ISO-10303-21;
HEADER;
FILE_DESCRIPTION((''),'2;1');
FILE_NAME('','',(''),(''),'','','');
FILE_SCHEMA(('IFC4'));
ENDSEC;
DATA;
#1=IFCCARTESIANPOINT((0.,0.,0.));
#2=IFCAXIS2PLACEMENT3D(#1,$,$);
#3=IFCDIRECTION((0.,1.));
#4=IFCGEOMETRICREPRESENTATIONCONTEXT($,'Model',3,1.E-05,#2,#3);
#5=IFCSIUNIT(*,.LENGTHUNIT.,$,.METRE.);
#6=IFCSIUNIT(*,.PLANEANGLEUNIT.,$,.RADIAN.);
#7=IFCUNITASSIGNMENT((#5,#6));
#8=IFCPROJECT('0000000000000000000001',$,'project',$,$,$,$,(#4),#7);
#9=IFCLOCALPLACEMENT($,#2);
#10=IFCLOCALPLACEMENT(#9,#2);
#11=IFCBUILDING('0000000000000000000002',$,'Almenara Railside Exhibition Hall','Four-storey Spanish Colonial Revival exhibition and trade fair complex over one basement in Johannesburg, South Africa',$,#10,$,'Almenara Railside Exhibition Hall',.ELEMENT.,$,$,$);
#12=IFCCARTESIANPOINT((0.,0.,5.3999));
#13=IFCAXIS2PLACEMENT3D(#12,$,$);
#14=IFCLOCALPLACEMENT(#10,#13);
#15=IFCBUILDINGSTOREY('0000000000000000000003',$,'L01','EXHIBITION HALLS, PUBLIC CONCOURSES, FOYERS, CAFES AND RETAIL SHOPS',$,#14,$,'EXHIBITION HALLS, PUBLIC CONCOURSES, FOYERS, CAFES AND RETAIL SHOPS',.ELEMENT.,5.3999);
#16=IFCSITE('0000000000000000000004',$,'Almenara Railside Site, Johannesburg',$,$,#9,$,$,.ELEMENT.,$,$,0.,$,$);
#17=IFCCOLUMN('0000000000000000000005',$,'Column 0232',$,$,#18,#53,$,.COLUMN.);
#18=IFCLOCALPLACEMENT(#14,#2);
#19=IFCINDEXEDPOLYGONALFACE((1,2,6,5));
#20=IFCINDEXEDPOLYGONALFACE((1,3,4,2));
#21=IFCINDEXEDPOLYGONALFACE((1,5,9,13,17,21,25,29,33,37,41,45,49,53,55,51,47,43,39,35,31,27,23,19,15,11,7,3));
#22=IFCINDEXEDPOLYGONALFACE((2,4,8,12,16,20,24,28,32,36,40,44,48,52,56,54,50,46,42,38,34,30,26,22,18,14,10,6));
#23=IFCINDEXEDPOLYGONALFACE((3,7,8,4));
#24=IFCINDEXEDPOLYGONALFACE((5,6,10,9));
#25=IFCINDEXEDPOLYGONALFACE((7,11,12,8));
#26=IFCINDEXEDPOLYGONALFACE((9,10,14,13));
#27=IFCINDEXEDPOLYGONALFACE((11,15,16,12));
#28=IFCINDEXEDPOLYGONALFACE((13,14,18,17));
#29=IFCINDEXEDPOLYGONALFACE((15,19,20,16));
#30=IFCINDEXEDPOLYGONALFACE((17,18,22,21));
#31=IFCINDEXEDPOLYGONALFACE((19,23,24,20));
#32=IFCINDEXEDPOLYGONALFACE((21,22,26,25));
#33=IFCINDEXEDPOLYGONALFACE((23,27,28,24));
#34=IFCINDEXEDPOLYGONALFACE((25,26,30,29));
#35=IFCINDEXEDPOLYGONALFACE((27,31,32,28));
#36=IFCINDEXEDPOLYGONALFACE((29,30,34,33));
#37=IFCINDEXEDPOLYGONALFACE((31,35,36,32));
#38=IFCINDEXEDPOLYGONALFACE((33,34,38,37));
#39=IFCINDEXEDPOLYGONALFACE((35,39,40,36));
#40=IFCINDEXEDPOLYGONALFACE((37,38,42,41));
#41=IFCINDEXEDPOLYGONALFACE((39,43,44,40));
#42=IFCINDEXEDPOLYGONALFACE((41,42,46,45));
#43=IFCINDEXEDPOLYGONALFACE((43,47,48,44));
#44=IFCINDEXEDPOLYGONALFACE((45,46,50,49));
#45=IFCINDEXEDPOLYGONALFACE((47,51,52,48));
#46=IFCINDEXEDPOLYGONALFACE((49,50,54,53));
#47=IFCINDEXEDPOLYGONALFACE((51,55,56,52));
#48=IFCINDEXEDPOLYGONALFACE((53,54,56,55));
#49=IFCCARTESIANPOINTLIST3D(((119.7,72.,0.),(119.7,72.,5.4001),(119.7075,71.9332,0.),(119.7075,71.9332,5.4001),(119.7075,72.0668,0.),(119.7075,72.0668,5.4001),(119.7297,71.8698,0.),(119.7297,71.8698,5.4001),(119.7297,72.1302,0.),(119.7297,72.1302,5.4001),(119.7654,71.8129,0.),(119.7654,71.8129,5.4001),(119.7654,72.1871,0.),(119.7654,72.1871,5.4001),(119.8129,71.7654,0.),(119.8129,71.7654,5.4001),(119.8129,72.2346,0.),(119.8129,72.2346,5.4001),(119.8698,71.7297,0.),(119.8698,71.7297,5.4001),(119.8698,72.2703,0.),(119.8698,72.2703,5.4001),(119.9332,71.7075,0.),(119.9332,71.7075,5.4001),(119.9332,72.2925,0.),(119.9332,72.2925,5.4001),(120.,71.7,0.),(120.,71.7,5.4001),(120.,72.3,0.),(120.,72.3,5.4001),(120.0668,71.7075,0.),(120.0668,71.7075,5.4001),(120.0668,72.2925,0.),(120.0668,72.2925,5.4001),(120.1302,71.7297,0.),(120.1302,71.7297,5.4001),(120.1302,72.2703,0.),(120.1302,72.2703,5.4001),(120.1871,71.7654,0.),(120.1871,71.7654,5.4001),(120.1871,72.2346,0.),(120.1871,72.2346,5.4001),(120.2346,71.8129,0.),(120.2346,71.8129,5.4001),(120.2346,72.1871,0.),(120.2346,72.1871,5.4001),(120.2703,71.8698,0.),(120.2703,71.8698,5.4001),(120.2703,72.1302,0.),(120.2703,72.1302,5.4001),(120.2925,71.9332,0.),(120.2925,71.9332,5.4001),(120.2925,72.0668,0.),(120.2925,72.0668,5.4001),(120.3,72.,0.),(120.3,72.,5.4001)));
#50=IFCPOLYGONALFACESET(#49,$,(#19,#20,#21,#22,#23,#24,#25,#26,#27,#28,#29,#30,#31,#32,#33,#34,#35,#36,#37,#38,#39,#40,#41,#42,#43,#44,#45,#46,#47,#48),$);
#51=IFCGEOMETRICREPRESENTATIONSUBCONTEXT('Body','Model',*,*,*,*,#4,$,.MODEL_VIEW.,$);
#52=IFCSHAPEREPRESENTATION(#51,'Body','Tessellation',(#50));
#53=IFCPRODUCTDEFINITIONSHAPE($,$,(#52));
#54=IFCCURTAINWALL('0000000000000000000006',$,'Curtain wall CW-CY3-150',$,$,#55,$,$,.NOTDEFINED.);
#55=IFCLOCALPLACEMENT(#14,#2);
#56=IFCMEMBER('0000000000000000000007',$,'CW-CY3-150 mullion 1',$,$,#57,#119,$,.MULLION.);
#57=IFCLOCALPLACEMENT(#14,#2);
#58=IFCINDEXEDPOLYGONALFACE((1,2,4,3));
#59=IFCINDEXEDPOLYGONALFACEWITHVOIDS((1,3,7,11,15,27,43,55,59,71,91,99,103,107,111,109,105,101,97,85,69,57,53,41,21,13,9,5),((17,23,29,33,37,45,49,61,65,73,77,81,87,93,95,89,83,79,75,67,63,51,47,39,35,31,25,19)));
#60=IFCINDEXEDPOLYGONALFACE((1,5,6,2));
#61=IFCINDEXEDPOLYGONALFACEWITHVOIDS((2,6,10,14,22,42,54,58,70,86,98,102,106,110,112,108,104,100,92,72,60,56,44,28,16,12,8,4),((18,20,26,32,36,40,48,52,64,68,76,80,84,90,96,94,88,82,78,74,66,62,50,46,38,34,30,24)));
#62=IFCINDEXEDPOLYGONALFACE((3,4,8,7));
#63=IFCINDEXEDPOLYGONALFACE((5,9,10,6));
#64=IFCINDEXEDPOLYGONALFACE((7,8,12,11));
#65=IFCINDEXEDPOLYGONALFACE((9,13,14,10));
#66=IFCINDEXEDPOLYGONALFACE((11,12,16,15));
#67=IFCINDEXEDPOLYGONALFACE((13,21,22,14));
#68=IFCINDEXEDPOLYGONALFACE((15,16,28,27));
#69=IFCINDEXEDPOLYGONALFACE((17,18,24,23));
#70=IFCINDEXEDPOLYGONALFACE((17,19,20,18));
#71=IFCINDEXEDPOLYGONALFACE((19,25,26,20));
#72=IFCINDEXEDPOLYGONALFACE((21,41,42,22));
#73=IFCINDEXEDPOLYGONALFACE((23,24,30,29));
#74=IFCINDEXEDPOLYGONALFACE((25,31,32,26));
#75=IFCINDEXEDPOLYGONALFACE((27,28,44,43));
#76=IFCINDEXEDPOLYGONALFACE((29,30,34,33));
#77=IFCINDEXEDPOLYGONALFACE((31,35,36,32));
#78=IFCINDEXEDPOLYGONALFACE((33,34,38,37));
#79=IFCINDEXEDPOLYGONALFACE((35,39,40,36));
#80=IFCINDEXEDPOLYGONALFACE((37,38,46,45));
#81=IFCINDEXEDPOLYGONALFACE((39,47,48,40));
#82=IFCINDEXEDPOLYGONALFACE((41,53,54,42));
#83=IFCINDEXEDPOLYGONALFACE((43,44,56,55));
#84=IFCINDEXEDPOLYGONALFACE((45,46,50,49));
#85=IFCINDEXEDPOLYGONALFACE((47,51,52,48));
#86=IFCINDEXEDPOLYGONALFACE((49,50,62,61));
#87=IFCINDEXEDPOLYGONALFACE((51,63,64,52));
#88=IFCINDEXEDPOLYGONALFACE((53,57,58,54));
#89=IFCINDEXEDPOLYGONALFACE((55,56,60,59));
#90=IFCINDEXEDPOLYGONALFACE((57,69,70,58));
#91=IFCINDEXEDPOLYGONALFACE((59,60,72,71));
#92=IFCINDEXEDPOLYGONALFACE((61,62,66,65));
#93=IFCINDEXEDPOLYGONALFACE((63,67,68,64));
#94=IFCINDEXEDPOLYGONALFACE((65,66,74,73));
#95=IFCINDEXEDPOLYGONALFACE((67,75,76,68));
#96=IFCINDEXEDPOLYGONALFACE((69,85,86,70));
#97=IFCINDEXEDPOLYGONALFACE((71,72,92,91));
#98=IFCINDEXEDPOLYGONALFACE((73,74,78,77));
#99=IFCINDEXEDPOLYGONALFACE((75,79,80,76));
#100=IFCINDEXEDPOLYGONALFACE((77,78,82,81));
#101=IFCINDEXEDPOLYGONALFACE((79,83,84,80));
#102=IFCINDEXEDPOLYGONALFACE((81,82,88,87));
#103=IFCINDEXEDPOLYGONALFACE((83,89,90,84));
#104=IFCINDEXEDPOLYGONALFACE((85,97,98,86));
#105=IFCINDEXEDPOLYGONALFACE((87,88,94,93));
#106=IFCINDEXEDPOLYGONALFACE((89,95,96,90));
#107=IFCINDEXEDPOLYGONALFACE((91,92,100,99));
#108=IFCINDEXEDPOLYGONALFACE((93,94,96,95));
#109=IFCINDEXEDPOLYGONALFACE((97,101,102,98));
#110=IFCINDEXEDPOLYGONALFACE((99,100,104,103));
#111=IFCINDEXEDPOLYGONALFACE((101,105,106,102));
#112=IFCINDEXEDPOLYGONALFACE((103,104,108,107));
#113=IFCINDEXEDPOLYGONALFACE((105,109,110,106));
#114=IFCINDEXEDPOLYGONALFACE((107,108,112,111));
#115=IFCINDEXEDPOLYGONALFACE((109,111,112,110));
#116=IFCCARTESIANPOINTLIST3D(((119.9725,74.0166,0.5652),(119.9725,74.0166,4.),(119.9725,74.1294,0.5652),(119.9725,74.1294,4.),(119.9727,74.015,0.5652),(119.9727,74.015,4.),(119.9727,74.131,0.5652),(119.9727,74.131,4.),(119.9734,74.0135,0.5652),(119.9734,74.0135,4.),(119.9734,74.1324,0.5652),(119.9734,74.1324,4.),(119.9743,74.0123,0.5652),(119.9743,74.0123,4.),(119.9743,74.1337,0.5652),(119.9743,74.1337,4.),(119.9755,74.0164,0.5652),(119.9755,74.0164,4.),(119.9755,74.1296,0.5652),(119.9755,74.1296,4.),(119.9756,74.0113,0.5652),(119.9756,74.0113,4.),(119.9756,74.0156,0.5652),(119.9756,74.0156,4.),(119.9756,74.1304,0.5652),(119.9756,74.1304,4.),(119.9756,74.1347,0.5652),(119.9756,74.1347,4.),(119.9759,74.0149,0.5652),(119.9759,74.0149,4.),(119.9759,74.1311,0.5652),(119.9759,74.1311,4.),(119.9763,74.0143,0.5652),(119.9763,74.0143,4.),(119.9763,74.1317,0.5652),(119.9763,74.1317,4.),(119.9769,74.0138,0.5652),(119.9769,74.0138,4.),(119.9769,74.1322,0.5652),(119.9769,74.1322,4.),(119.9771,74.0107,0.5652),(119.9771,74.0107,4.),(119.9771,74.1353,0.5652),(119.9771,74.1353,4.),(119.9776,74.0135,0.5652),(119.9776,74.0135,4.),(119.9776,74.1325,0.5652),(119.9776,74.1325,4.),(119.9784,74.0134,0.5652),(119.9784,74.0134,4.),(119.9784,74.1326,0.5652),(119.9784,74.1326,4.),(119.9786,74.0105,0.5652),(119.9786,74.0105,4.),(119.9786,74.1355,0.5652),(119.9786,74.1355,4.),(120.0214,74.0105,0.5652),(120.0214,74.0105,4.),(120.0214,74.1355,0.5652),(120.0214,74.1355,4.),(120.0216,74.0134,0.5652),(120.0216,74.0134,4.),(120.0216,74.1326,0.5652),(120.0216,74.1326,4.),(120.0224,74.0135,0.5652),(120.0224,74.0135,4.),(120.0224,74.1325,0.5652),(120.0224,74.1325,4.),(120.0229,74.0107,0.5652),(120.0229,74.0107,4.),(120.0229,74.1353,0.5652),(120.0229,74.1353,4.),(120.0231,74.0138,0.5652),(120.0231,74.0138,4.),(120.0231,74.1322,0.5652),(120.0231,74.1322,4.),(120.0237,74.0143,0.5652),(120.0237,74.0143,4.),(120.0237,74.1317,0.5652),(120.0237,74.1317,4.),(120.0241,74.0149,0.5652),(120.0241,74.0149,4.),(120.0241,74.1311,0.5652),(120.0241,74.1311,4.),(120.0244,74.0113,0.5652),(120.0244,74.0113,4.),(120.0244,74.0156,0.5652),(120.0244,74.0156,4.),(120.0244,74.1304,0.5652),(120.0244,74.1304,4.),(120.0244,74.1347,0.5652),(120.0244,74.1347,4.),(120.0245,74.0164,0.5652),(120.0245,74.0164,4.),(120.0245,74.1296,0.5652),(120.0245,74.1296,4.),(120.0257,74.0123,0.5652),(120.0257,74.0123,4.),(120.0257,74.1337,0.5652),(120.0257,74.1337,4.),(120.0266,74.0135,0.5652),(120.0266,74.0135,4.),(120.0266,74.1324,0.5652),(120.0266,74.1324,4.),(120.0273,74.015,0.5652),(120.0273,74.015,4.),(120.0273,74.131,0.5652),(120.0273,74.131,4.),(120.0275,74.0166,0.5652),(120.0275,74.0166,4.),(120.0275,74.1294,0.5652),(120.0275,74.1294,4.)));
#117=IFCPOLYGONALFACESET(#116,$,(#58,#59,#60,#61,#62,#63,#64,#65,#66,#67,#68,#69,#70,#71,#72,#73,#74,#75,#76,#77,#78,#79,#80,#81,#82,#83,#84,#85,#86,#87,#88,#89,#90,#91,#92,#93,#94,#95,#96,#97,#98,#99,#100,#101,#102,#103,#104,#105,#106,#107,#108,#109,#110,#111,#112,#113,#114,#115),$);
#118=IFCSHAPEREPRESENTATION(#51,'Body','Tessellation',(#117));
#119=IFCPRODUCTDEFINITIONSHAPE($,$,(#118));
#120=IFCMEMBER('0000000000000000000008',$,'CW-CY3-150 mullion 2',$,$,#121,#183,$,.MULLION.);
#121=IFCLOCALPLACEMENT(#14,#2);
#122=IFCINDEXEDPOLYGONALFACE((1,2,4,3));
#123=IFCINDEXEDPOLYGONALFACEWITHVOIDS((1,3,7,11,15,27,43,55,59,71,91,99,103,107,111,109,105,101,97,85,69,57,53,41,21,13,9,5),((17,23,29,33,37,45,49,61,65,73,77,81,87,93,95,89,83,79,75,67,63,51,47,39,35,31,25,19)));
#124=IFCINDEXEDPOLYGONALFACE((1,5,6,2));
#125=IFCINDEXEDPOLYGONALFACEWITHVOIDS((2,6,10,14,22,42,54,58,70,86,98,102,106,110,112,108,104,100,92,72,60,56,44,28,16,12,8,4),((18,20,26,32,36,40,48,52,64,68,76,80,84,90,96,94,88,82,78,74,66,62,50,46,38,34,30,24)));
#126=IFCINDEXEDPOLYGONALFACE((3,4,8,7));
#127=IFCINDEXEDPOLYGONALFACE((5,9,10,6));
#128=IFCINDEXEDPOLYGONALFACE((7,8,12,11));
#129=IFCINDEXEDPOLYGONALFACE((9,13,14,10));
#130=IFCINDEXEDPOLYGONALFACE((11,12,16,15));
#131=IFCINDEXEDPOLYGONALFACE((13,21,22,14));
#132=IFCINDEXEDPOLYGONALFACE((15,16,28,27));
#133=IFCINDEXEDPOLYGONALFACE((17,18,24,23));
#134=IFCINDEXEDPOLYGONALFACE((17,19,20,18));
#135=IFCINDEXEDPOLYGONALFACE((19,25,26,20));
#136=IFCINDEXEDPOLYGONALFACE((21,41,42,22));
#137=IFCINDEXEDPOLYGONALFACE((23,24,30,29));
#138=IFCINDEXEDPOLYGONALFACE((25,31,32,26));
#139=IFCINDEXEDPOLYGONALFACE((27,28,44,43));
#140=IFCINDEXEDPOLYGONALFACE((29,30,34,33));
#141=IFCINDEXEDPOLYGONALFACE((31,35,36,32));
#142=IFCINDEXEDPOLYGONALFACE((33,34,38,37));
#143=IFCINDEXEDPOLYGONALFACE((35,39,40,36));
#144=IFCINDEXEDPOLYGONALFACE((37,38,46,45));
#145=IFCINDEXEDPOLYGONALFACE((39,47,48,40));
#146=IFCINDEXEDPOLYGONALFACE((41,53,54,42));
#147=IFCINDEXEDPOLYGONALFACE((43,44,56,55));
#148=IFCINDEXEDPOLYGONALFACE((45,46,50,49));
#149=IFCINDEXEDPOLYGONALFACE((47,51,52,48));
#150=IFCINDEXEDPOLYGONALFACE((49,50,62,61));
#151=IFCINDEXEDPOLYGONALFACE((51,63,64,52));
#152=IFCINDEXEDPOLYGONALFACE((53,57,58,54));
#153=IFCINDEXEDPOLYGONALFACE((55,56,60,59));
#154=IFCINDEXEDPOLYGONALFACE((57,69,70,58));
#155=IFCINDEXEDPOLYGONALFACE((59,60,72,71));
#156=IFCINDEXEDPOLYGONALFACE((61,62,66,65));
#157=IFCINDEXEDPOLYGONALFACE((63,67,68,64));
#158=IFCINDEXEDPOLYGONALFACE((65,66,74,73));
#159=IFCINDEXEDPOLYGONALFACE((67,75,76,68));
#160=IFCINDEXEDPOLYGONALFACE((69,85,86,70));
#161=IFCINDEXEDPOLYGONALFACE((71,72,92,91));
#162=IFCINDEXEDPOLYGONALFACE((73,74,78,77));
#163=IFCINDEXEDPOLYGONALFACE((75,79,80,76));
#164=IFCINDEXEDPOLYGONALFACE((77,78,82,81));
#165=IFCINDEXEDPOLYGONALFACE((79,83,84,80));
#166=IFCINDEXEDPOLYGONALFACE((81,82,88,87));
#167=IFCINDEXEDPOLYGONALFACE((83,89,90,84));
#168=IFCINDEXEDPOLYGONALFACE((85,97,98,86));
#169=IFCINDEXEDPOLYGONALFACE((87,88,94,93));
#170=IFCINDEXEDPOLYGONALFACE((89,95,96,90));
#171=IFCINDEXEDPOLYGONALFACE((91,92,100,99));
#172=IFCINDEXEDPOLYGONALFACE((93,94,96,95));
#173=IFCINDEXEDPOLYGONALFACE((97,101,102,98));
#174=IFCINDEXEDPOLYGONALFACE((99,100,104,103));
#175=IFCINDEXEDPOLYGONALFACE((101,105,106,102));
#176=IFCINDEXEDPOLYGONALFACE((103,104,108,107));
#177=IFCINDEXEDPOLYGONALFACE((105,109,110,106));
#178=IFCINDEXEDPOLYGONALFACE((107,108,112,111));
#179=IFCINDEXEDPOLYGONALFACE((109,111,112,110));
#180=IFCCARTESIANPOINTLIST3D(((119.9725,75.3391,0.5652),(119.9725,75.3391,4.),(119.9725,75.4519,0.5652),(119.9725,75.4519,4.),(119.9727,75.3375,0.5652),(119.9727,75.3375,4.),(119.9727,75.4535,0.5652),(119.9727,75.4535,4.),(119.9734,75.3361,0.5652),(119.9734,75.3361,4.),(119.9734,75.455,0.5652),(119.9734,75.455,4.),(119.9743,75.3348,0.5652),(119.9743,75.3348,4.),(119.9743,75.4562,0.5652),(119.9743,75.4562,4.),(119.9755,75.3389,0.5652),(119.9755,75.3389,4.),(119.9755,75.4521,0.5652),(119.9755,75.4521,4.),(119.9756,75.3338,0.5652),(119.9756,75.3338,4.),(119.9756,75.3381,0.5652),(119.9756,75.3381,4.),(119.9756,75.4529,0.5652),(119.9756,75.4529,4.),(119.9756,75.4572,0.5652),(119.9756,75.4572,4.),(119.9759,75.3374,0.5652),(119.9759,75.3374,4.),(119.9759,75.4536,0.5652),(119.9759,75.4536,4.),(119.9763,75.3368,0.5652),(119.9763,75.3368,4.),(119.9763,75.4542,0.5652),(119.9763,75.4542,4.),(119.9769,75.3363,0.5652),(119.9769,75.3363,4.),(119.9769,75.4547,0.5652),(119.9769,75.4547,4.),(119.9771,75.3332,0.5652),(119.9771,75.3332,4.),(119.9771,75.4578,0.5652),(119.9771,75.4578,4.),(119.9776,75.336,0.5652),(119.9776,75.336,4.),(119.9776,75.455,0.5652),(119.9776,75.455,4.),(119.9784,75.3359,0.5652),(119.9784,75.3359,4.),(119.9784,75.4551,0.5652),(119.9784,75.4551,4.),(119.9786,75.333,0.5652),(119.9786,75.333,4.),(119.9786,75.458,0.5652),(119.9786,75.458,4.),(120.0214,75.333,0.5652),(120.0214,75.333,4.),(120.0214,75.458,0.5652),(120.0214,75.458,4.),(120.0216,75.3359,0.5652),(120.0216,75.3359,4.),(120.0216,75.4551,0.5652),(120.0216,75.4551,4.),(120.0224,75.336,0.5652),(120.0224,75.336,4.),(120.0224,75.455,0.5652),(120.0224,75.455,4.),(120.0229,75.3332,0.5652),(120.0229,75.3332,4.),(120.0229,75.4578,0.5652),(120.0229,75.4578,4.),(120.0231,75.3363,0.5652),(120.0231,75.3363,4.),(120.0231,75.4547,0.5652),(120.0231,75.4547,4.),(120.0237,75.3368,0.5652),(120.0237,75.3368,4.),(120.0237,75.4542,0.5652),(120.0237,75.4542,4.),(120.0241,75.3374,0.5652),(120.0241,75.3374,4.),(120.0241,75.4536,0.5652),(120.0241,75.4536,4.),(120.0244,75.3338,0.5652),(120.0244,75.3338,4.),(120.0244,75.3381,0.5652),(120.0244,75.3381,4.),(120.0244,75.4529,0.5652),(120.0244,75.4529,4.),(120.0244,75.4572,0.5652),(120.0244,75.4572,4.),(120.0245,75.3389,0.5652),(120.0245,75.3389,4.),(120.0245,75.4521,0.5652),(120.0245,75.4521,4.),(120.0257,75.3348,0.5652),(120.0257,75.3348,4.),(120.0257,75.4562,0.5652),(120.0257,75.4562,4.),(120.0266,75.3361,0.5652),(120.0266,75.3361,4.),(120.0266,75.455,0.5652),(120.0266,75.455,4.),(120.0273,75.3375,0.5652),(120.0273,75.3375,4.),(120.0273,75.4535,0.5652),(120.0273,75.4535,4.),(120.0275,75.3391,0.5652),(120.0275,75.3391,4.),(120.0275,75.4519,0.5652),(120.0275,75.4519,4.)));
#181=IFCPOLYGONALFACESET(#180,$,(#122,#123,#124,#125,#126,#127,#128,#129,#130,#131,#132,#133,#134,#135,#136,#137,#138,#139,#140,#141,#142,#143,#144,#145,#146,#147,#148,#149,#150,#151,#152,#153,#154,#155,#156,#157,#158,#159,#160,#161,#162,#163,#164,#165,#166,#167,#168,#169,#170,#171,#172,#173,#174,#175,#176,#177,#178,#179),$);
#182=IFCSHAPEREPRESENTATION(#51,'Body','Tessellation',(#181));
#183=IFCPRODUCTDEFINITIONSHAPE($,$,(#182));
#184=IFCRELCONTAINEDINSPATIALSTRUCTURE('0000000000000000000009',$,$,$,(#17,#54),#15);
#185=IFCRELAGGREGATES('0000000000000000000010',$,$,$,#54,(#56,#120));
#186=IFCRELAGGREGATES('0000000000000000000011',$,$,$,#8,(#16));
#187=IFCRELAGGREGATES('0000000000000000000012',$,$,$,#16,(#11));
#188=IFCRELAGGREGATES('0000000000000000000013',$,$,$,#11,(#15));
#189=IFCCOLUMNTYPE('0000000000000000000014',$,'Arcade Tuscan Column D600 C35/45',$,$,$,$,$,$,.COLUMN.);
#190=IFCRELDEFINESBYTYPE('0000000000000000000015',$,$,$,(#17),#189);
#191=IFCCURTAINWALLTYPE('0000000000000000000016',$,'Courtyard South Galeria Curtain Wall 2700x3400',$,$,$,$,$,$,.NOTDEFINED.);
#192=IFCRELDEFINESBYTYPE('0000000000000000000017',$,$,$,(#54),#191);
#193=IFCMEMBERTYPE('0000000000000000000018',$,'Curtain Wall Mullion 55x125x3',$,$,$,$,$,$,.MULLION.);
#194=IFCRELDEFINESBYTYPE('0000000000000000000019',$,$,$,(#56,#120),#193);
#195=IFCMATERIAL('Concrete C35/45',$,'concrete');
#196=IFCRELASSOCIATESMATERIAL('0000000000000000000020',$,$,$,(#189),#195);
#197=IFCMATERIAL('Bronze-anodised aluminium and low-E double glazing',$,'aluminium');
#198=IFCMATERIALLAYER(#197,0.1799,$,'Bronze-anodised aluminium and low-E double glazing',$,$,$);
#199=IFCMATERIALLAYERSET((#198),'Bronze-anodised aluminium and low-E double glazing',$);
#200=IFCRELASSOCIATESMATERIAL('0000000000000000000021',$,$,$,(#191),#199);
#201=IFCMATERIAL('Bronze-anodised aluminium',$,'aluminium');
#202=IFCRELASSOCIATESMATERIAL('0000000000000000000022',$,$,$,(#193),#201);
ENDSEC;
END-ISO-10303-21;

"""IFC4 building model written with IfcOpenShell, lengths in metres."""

from ifc_helpers import new_model, si_unit, direction, frame, origin, origin_2d, place, context, subcontext, project, spatial, hollow_rectangle, circle, extrude, material, layer, layer_set, material_profile, profile_set, type_object, element, aggregate, save


model = new_model("IFC4")

# Units and contexts
model_context = context("Model", 3, precision=1e-05, world=origin(), true_north=direction((0.0, 1.0)))
body_context = subcontext(model_context, "Body", "Model", "MODEL_VIEW")
ifc_project = project(units=[si_unit("LENGTHUNIT", "METRE"), si_unit("PLANEANGLEUNIT", "RADIAN")], contexts=[model_context])

# Site, building, storey
site_placement = place(None, origin())
site = spatial("IfcSite", under=ifc_project, at=site_placement, Name="Almenara Railside Site, Johannesburg", CompositionType="ELEMENT", RefElevation=0.0)
building_placement = place(site_placement, origin())
building = spatial("IfcBuilding", under=site, at=building_placement, Name="Almenara Railside Exhibition Hall", Description="Four-storey Spanish Colonial Revival exhibition and trade fair complex over one basement in Johannesburg, South Africa", LongName="Almenara Railside Exhibition Hall", CompositionType="ELEMENT")
storey_placement = place(building_placement, frame((0.0, 0.0, 5.3999)))
storey = spatial("IfcBuildingStorey", under=building, at=storey_placement, Name="L01", Description="EXHIBITION HALLS, PUBLIC CONCOURSES, FOYERS, CAFES AND RETAIL SHOPS", LongName="EXHIBITION HALLS, PUBLIC CONCOURSES, FOYERS, CAFES AND RETAIL SHOPS", CompositionType="ELEMENT", Elevation=5.3999)

# Column
ifc_material_1 = material(Name="Concrete C35/45", Category="concrete")
ifc_material_profile_1 = material_profile(ifc_material_1, circle(Radius=0.3, at=origin_2d()), Name="RC-COL D600")
ifc_profile_set_1 = profile_set([ifc_material_profile_1], Name="Concrete C35/45")
column_type = type_object("IfcColumnType", Name="Arcade Tuscan Column D600 C35/45", PredefinedType="COLUMN", material=ifc_profile_set_1)
column_placement = place(storey_placement, frame((120.0, 72.0, 0.0), z_axis=(0.0, 0.0, 1.0), x_axis=(1.0, 0.0, 0.0)))
element("IfcColumn", 1, at=column_placement, inside=storey, type_object=column_type, Name="Column 0232", PredefinedType="COLUMN", context=body_context, shape_type="SweptSolid", body=[
    extrude(circle(Radius=0.3, at=origin_2d()), origin(), (0.0, 0.0, 1.0), 5.4001),
])

# Curtain wall, members
ifc_material_2 = material(Name="Bronze-anodised aluminium and low-E double glazing", Category="aluminium")
ifc_layer_1 = layer(ifc_material_2, 0.1799, Name="Bronze-anodised aluminium and low-E double glazing")
ifc_layer_set_1 = layer_set([ifc_layer_1], Name="Bronze-anodised aluminium and low-E double glazing")
curtain_wall_type = type_object("IfcCurtainWallType", Name="Courtyard South Galeria Curtain Wall 2700x3400", PredefinedType="NOTDEFINED", material=ifc_layer_set_1)
curtain_wall_1_placement = place(storey_placement, origin())
curtain_wall_1 = element("IfcCurtainWall", 2, at=curtain_wall_1_placement, inside=storey, type_object=curtain_wall_type, Name="Curtain wall CW-CY3-150", PredefinedType="NOTDEFINED")
ifc_material_3 = material(Name="Bronze-anodised aluminium", Category="aluminium")
ifc_material_profile_2 = material_profile(ifc_material_3, hollow_rectangle(XDim=0.0549, YDim=0.125, WallThickness=0.0029, InnerFilletRadius=0.0029, OuterFilletRadius=0.0061, at=origin_2d()), Name="ALU-MUL 55x125x3")
ifc_profile_set_2 = profile_set([ifc_material_profile_2], Name="Bronze-anodised aluminium")
member_type_1 = type_object("IfcMemberType", Name="Curtain Wall Mullion 55x125x3", PredefinedType="MULLION", material=ifc_profile_set_2)
member_1_placement = place(storey_placement, frame((120.0, 74.073, 0.5652), z_axis=(0.0, 0.0, 1.0), x_axis=(-1.0, 0.0, 0.0)))
member_1 = element("IfcMember", 3, at=member_1_placement, type_object=member_type_1, Name="CW-CY3-150 mullion 1", PredefinedType="MULLION", context=body_context, shape_type="SweptSolid", body=[
    extrude(hollow_rectangle(XDim=0.0549, YDim=0.125, WallThickness=0.0029, InnerFilletRadius=0.0029, OuterFilletRadius=0.0061, at=origin_2d()), origin(), (0.0, 0.0, 1.0), 3.4348),
])
member_2_placement = place(storey_placement, frame((120.0, 75.3955, 0.5652), z_axis=(0.0, 0.0, 1.0), x_axis=(-1.0, 0.0, 0.0)))
member_2 = element("IfcMember", 4, at=member_2_placement, type_object=member_type_1, Name="CW-CY3-150 mullion 2", PredefinedType="MULLION", context=body_context, shape_type="SweptSolid", body=[
    extrude(hollow_rectangle(XDim=0.0549, YDim=0.125, WallThickness=0.0029, InnerFilletRadius=0.0029, OuterFilletRadius=0.0061, at=origin_2d()), origin(), (0.0, 0.0, 1.0), 3.4348),
])

aggregate(curtain_wall_1, [member_1, member_2])

save(model, "model.ifc")
